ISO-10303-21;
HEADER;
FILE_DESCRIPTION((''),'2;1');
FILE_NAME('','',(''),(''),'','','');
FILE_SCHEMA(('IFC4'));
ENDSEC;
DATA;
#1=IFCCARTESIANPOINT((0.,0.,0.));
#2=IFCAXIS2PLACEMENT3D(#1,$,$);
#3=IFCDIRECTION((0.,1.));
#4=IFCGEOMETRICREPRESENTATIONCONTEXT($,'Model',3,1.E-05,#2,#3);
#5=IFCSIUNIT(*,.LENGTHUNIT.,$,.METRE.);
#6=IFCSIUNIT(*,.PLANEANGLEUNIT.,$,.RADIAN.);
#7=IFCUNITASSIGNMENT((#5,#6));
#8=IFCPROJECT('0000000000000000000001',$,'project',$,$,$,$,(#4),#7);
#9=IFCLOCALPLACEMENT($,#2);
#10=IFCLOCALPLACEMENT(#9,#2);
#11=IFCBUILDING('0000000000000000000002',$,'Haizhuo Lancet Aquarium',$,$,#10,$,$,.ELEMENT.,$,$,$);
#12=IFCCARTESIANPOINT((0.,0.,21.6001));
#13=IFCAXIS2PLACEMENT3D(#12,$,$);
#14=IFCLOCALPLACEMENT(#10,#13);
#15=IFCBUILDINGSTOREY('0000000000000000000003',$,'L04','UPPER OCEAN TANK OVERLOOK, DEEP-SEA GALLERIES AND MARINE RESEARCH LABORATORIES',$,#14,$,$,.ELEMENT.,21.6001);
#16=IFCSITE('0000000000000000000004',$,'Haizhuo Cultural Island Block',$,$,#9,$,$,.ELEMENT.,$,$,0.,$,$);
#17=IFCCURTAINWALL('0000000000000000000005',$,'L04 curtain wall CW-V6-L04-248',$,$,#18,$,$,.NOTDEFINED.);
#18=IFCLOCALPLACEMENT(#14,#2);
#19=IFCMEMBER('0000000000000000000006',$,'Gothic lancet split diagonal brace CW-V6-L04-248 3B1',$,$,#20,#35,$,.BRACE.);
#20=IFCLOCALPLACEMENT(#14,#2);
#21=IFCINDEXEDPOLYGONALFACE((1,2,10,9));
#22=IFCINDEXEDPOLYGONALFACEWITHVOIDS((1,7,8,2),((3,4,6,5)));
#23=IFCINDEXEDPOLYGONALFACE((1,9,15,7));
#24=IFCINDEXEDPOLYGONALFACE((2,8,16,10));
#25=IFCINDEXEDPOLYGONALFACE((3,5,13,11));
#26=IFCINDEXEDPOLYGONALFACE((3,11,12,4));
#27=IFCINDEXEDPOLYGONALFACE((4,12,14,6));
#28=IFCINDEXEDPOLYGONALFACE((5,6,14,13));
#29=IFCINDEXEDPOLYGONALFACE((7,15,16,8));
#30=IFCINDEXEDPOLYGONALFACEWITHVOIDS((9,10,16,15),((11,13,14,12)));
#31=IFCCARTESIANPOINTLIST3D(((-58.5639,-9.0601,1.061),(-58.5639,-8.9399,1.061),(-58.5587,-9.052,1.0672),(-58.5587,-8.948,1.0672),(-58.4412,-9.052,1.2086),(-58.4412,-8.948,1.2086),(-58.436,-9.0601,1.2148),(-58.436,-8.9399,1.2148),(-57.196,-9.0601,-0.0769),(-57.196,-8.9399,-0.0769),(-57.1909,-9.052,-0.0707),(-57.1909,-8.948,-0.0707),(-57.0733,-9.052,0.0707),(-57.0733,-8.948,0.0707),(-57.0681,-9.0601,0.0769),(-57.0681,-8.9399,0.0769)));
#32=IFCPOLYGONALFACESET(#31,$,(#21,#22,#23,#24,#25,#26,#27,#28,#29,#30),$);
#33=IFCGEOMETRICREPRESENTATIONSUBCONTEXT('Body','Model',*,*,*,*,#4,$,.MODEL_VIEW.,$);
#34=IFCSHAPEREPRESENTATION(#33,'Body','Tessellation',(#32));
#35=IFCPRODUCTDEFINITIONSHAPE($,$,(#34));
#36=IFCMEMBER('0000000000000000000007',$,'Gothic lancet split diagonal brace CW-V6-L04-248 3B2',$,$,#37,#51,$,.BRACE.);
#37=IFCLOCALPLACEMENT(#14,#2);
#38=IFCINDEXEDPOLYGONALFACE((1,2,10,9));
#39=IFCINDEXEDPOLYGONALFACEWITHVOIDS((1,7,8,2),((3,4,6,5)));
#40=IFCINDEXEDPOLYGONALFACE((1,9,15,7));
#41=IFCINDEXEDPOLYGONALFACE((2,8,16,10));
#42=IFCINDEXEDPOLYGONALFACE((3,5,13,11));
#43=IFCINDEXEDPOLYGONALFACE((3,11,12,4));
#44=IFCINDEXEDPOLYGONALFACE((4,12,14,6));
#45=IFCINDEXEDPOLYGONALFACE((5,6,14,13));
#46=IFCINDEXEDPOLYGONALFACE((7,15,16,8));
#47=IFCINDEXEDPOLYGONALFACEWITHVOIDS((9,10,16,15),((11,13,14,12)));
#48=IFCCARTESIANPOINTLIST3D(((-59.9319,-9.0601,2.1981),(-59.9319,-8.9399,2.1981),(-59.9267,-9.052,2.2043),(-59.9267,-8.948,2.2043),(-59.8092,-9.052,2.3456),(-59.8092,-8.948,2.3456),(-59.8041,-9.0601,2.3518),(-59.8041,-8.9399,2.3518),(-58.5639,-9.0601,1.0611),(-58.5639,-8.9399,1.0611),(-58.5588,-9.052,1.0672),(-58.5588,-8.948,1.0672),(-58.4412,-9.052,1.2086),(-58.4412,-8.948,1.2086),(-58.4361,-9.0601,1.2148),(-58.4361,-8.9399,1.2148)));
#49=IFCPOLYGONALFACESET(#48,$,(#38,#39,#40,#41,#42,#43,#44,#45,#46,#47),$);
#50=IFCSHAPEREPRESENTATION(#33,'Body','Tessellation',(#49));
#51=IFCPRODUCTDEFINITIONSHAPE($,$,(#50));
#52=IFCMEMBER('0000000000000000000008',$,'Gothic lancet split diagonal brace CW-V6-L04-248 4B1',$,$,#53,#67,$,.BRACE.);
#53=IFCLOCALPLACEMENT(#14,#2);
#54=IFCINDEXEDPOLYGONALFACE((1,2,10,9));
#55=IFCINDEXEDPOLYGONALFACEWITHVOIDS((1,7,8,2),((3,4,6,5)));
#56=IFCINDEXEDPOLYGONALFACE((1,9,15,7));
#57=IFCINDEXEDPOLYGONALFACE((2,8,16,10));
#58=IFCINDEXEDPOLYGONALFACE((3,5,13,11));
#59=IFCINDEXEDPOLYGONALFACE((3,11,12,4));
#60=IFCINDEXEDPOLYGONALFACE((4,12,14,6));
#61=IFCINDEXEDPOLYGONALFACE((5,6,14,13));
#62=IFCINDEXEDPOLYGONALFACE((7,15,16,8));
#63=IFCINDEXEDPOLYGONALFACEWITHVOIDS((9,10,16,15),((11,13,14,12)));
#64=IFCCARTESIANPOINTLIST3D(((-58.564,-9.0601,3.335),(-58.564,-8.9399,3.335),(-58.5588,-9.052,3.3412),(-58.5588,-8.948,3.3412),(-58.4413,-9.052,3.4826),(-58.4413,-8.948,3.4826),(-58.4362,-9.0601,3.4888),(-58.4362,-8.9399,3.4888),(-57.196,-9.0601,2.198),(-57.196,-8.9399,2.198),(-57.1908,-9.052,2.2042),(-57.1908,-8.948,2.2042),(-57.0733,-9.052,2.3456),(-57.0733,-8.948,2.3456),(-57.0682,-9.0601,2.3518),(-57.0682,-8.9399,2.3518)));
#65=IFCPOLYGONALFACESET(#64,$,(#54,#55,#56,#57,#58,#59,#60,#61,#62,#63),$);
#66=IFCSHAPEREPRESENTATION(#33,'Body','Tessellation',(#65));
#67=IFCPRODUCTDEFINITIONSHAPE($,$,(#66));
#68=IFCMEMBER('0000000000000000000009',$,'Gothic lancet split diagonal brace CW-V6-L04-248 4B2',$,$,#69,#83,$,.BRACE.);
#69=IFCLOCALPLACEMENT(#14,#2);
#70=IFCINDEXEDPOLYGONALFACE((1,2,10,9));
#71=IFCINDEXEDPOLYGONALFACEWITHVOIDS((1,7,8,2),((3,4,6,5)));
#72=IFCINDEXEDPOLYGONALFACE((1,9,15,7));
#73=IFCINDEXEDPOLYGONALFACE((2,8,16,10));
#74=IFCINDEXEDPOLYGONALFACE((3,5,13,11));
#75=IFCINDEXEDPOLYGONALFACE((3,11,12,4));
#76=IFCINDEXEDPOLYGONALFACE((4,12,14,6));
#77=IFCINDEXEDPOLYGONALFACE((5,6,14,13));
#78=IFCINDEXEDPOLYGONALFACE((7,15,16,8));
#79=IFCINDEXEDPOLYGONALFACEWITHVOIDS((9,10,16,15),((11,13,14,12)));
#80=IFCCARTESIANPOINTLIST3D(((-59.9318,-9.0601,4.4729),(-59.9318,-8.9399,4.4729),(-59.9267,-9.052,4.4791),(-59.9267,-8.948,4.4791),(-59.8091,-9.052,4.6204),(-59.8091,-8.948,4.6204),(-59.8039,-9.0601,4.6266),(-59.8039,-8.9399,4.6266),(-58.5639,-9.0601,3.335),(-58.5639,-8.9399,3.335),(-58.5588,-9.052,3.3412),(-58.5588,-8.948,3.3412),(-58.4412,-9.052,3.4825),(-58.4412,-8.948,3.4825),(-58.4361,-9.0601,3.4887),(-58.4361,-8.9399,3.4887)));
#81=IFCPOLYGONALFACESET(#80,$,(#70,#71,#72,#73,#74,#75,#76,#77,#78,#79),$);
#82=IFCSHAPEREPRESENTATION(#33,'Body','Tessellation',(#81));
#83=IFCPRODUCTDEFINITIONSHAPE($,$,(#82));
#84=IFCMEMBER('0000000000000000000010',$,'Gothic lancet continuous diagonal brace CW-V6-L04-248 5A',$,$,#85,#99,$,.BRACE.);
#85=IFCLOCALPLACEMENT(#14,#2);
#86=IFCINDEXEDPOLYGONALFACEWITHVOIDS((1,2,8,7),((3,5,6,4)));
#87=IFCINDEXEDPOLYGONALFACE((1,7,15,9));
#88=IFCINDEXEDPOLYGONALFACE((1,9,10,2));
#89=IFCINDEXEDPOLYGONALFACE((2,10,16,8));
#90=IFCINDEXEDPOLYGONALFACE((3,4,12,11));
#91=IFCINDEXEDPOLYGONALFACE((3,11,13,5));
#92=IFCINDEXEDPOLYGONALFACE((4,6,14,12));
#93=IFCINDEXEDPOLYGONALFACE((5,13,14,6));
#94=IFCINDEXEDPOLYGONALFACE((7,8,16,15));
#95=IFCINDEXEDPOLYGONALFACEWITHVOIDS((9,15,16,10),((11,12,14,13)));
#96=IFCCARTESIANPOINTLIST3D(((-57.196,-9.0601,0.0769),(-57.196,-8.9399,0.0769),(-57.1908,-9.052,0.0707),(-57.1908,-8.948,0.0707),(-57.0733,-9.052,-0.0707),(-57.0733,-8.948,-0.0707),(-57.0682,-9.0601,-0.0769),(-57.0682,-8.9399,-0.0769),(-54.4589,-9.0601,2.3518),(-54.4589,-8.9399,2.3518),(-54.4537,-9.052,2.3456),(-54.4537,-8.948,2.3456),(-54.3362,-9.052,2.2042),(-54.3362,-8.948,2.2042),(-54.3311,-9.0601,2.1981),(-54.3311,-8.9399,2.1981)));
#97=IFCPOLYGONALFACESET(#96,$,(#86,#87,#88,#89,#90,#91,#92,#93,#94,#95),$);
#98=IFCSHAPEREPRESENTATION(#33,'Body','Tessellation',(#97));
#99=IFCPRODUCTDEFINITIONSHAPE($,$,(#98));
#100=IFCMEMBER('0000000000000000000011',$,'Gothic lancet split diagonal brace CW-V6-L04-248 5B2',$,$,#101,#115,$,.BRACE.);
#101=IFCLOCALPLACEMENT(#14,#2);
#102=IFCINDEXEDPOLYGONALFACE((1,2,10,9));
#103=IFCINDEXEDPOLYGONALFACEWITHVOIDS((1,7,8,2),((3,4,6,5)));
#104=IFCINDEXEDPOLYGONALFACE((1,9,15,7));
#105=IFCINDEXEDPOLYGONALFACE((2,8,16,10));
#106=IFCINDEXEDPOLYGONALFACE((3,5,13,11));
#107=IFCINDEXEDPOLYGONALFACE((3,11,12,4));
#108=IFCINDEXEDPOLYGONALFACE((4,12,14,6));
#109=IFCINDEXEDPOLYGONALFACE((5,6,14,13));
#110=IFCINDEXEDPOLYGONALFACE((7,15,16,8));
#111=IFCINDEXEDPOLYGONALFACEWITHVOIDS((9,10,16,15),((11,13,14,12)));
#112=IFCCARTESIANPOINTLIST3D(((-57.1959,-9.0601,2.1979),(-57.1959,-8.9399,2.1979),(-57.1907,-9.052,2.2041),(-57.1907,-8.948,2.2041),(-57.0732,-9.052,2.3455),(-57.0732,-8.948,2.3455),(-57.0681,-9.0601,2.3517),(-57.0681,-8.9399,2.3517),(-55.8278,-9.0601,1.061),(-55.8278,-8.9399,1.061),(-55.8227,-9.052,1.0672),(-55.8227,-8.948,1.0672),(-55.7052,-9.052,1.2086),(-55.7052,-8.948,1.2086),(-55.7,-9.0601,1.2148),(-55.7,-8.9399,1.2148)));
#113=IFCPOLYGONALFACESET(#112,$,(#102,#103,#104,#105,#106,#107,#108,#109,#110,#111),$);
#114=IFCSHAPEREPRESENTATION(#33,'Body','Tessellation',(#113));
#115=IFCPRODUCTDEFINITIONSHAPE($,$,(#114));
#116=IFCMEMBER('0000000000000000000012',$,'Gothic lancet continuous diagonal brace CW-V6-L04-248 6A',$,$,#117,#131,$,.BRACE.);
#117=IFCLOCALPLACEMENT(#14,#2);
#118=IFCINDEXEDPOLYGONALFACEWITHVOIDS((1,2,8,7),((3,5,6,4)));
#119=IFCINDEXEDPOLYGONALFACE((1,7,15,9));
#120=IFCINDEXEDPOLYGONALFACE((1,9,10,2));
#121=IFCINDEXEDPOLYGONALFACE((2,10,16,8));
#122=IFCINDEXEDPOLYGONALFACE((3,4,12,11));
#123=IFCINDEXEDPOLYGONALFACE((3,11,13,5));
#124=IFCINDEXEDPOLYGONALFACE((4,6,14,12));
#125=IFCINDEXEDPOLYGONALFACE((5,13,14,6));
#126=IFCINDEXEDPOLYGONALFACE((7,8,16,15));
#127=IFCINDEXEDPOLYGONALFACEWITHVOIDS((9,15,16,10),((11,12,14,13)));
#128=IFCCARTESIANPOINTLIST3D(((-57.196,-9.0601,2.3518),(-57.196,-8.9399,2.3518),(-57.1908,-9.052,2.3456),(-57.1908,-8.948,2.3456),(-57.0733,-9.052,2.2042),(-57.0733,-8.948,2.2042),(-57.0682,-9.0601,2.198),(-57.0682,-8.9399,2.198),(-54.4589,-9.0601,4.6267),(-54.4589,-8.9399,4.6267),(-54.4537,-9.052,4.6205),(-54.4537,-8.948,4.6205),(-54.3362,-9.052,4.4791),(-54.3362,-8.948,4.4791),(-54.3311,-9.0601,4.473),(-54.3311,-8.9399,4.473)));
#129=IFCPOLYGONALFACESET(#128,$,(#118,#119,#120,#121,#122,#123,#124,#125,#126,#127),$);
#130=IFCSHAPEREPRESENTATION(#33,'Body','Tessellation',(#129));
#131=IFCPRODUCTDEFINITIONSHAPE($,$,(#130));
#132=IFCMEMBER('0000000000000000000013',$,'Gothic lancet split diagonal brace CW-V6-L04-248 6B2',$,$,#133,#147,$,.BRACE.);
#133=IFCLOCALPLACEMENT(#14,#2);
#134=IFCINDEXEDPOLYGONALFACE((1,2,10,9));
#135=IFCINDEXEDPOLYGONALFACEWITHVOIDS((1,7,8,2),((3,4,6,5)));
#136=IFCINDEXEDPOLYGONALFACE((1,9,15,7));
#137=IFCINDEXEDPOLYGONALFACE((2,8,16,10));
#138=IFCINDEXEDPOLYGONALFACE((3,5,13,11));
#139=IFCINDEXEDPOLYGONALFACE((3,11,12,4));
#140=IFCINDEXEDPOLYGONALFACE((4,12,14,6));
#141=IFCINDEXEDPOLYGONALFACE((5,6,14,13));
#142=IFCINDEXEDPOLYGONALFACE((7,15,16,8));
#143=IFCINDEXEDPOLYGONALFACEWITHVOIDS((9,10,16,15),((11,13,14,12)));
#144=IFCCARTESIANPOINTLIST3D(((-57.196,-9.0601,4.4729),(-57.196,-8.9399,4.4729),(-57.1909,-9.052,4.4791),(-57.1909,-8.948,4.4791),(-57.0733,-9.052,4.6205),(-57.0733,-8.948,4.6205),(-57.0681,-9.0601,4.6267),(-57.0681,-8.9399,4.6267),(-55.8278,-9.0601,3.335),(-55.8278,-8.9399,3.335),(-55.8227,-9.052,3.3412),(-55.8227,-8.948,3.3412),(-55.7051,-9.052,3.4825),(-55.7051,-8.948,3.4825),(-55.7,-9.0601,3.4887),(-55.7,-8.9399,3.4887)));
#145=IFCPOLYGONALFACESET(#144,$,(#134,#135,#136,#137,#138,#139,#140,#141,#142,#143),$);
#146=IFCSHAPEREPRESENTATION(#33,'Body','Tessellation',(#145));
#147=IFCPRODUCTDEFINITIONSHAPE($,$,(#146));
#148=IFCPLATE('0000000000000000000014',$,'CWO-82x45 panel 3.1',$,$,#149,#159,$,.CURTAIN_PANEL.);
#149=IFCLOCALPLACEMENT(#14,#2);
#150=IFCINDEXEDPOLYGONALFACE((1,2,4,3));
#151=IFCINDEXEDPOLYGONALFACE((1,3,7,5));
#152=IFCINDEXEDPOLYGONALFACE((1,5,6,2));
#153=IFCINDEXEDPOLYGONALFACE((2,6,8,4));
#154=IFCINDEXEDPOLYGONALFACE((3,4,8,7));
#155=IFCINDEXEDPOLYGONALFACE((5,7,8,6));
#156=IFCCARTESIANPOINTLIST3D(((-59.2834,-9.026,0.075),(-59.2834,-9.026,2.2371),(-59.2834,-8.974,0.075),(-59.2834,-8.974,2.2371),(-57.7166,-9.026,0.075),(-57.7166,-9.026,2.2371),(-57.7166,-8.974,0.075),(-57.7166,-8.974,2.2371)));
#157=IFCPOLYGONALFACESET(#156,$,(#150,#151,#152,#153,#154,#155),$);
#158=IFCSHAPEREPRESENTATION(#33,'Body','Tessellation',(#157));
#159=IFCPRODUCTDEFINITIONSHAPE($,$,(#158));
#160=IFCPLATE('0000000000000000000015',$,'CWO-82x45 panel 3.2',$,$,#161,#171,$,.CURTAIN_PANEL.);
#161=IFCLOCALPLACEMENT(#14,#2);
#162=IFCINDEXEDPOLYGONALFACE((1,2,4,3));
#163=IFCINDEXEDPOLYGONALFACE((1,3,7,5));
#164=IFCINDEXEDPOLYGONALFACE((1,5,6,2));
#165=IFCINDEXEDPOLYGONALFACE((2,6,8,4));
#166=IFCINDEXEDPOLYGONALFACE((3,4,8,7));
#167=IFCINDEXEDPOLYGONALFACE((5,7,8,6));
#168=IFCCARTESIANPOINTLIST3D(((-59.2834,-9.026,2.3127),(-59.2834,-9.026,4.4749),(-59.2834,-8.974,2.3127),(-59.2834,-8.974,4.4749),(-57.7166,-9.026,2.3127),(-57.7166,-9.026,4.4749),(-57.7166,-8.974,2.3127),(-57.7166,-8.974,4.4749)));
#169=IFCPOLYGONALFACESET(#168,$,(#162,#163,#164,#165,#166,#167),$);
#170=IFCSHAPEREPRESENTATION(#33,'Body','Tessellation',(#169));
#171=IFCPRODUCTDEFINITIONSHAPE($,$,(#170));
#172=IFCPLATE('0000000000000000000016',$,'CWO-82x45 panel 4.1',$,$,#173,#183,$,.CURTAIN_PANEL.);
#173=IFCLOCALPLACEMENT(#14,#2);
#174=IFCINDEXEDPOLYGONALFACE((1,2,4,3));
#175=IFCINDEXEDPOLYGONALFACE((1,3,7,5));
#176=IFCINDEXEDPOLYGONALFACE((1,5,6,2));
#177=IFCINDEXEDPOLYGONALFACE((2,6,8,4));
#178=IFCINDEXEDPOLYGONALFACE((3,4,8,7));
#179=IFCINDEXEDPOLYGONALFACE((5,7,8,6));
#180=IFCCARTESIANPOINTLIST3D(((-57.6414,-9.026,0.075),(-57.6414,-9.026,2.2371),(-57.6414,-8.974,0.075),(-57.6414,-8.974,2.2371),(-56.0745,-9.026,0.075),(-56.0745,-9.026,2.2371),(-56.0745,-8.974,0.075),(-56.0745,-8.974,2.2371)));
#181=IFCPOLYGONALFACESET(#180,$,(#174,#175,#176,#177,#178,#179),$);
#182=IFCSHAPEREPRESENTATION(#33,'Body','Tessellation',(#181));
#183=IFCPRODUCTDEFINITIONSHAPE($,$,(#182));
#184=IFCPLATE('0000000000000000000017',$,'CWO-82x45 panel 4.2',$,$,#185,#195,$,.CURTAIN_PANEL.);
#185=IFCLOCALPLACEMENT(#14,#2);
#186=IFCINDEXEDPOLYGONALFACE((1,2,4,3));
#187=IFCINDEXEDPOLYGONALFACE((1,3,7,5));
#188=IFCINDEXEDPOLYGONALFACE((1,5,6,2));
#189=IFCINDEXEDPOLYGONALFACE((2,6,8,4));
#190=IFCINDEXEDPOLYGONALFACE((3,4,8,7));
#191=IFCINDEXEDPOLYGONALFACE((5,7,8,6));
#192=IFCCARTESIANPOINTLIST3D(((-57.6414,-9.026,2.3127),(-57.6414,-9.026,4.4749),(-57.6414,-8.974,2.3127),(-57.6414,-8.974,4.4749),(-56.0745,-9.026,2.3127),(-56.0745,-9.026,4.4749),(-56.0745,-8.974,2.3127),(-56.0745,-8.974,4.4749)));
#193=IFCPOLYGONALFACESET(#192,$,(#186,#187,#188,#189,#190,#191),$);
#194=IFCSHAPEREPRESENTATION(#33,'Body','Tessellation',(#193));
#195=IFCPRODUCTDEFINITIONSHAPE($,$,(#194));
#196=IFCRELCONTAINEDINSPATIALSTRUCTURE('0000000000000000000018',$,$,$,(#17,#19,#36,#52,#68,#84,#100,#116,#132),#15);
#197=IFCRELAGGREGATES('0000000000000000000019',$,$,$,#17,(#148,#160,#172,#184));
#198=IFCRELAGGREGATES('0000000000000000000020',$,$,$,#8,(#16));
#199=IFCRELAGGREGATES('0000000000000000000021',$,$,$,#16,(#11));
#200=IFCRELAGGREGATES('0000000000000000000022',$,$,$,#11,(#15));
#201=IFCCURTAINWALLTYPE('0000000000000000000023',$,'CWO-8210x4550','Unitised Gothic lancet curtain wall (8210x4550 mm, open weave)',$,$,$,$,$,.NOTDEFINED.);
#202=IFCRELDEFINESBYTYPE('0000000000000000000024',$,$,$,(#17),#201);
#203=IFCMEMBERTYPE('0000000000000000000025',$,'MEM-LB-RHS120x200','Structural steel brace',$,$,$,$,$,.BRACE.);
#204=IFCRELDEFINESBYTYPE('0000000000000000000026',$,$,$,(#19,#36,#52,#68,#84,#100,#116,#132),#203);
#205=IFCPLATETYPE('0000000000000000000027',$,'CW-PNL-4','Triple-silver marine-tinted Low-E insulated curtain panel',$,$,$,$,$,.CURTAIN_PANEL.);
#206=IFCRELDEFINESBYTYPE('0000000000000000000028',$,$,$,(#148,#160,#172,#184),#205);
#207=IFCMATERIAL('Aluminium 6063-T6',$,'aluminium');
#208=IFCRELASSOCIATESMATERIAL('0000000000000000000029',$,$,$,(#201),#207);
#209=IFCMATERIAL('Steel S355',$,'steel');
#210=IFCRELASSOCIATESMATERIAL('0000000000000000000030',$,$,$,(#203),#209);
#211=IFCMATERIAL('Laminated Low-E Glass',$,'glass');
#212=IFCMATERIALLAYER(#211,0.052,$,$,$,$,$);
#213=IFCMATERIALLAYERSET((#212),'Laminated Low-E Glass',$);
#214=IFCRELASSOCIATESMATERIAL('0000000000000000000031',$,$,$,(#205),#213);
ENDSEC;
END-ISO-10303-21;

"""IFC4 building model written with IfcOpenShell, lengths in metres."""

from ifc_helpers import new_model, si_unit, direction, frame, origin, origin_2d, place, context, subcontext, project, spatial, rectangle, hollow_rectangle, extrude, material, layer, layer_set, material_profile, profile_set, type_object, element, aggregate, save


model = new_model("IFC4")

# Units and contexts
model_context = context("Model", 3, precision=1e-05, world=origin(), true_north=direction((0.0, 1.0)))
body_context = subcontext(model_context, "Body", "Model", "MODEL_VIEW")
ifc_project = project(units=[si_unit("LENGTHUNIT", "METRE"), si_unit("PLANEANGLEUNIT", "RADIAN")], contexts=[model_context])

# Site, building, storey
site_placement = place(None, origin())
site = spatial("IfcSite", under=ifc_project, at=site_placement, Name="Haizhuo Cultural Island Block", CompositionType="ELEMENT", RefElevation=0.0)
building_placement = place(site_placement, origin())
building = spatial("IfcBuilding", under=site, at=building_placement, Name="Haizhuo Lancet Aquarium", CompositionType="ELEMENT")
storey_placement = place(building_placement, frame((0.0, 0.0, 21.6001)))
storey = spatial("IfcBuildingStorey", under=building, at=storey_placement, Name="L04", Description="UPPER OCEAN TANK OVERLOOK, DEEP-SEA GALLERIES AND MARINE RESEARCH LABORATORIES", CompositionType="ELEMENT", Elevation=21.6001)

# Curtain wall
ifc_material_1 = material(Name="Aluminium 6063-T6", Category="aluminium")
curtain_wall_type = type_object("IfcCurtainWallType", Name="CWO-8210x4550", Description="Unitised Gothic lancet curtain wall (8210x4550 mm, open weave)", PredefinedType="NOTDEFINED", material=ifc_material_1)
curtain_wall_placement = place(storey_placement, origin())
curtain_wall = element("IfcCurtainWall", 1, at=curtain_wall_placement, inside=storey, type_object=curtain_wall_type, Name="L04 curtain wall CW-V6-L04-248", PredefinedType="NOTDEFINED")

# Members
ifc_material_2 = material(Name="Steel S355", Category="steel")
ifc_material_profile_1 = material_profile(ifc_material_2, hollow_rectangle(XDim=0.1201, YDim=0.2, WallThickness=0.0081, at=origin_2d()), Name="RHS 120x200x8")
ifc_profile_set_1 = profile_set([ifc_material_profile_1], Name="Steel S355")
member_type_1 = type_object("IfcMemberType", Name="MEM-LB-RHS120x200", Description="Structural steel brace", PredefinedType="BRACE", material=ifc_profile_set_1)
member_1_placement = place(storey_placement, frame((-57.1321, -9.0, 0.0), z_axis=(-0.768772, 0.0, 0.639523), x_axis=(0.0, -1.0, 0.0)))
element("IfcMember", 2, at=member_1_placement, inside=storey, type_object=member_type_1, Name="Gothic lancet split diagonal brace CW-V6-L04-248 3B1", PredefinedType="BRACE", context=body_context, shape_type="SweptSolid", body=[
    extrude(hollow_rectangle(XDim=0.1201, YDim=0.2, WallThickness=0.0081, at=origin_2d()), origin(), (0.0, 0.0, 1.0), 1.7793),
])
for number, where, z_axis, x_axis, name in (
    (3, (-58.5, -9.0, 1.1379), (-0.769042, 0.0, 0.639198), (0.0, -1.0, 0.0), "Gothic lancet split diagonal brace CW-V6-L04-248 3B2"),
    (4, (-57.1321, -9.0, 2.2749), (-0.769042, 0.0, 0.639198), (0.0, -1.0, 0.0), "Gothic lancet split diagonal brace CW-V6-L04-248 4B1"),
):
    element("IfcMember", number, at=place(storey_placement, frame(where, z_axis=z_axis, x_axis=x_axis)), inside=storey, type_object=member_type_1, Name=name, PredefinedType="BRACE", context=body_context, shape_type="SweptSolid", body=[
        extrude(hollow_rectangle(XDim=0.1201, YDim=0.2, WallThickness=0.0081, at=origin_2d()), origin(), (0.0, 0.0, 1.0), 1.7788),
    ])
member_2_placement = place(storey_placement, frame((-58.5, -9.0, 3.4119), z_axis=(-0.768772, 0.0, 0.639523), x_axis=(0.0, -1.0, 0.0)))
element("IfcMember", 5, at=member_2_placement, inside=storey, type_object=member_type_1, Name="Gothic lancet split diagonal brace CW-V6-L04-248 4B2", PredefinedType="BRACE", context=body_context, shape_type="SweptSolid", body=[
    extrude(hollow_rectangle(XDim=0.1201, YDim=0.2, WallThickness=0.0081, at=origin_2d()), origin(), (0.0, 0.0, 1.0), 1.7793),
])
member_3_placement = place(storey_placement, frame((-57.1321, -9.0, 0.0), z_axis=(0.769047, 0.0, 0.639192), x_axis=(0.0, 1.0, 0.0)))
element("IfcMember", 6, at=member_3_placement, inside=storey, type_object=member_type_1, Name="Gothic lancet continuous diagonal brace CW-V6-L04-248 5A", PredefinedType="BRACE", context=body_context, shape_type="SweptSolid", body=[
    extrude(hollow_rectangle(XDim=0.1201, YDim=0.2, WallThickness=0.0081, at=origin_2d()), origin(), (0.0, 0.0, 1.0), 3.5591),
])
member_4_placement = place(storey_placement, frame((-55.7639, -9.0, 1.1379), z_axis=(-0.769098, 0.0, 0.639131), x_axis=(0.0, -1.0, 0.0)))
element("IfcMember", 7, at=member_4_placement, inside=storey, type_object=member_type_1, Name="Gothic lancet split diagonal brace CW-V6-L04-248 5B2", PredefinedType="BRACE", context=body_context, shape_type="SweptSolid", body=[
    extrude(hollow_rectangle(XDim=0.1201, YDim=0.2, WallThickness=0.0081, at=origin_2d()), origin(), (0.0, 0.0, 1.0), 1.7788),
])
member_5_placement = place(storey_placement, frame((-57.1321, -9.0, 2.2749), z_axis=(0.769047, 0.0, 0.639192), x_axis=(0.0, 1.0, 0.0)))
element("IfcMember", 8, at=member_5_placement, inside=storey, type_object=member_type_1, Name="Gothic lancet continuous diagonal brace CW-V6-L04-248 6A", PredefinedType="BRACE", context=body_context, shape_type="SweptSolid", body=[
    extrude(hollow_rectangle(XDim=0.1201, YDim=0.2, WallThickness=0.0081, at=origin_2d()), origin(), (0.0, 0.0, 1.0), 3.5591),
])
member_6_placement = place(storey_placement, frame((-55.7639, -9.0, 3.4119), z_axis=(-0.768828, 0.0, 0.639455), x_axis=(0.0, -1.0, 0.0)))
element("IfcMember", 9, at=member_6_placement, inside=storey, type_object=member_type_1, Name="Gothic lancet split diagonal brace CW-V6-L04-248 6B2", PredefinedType="BRACE", context=body_context, shape_type="SweptSolid", body=[
    extrude(hollow_rectangle(XDim=0.1201, YDim=0.2, WallThickness=0.0081, at=origin_2d()), origin(), (0.0, 0.0, 1.0), 1.7795),
])

# Plates
ifc_material_3 = material(Name="Laminated Low-E Glass", Category="glass")
ifc_layer = layer(ifc_material_3, 0.052)
ifc_layer_set = layer_set([ifc_layer], Name="Laminated Low-E Glass")
plate_type = type_object("IfcPlateType", Name="CW-PNL-4", Description="Triple-silver marine-tinted Low-E insulated curtain panel", PredefinedType="CURTAIN_PANEL", material=ifc_layer_set)
plate_1_placement = place(storey_placement, frame((-58.5, -9.0, 0.075), z_axis=(0.0, 0.0, 1.0), x_axis=(1.0, 0.0, 0.0)))
plate_1 = element("IfcPlate", 10, at=plate_1_placement, type_object=plate_type, Name="CWO-82x45 panel 3.1", PredefinedType="CURTAIN_PANEL", context=body_context, shape_type="SweptSolid", body=[
    extrude(rectangle(XDim=1.5669, YDim=0.052, at=origin_2d()), origin(), (0.0, 0.0, 1.0), 2.1621),
])
plate_2_placement = place(storey_placement, frame((-58.5, -9.0, 2.3127), z_axis=(0.0, 0.0, 1.0), x_axis=(1.0, 0.0, 0.0)))
plate_2 = element("IfcPlate", 11, at=plate_2_placement, type_object=plate_type, Name="CWO-82x45 panel 3.2", PredefinedType="CURTAIN_PANEL", context=body_context, shape_type="SweptSolid", body=[
    extrude(rectangle(XDim=1.5669, YDim=0.052, at=origin_2d()), origin(), (0.0, 0.0, 1.0), 2.1621),
])
plate_3_placement = place(storey_placement, frame((-56.8579, -9.0, 0.075), z_axis=(0.0, 0.0, 1.0), x_axis=(1.0, 0.0, 0.0)))
plate_3 = element("IfcPlate", 12, at=plate_3_placement, type_object=plate_type, Name="CWO-82x45 panel 4.1", PredefinedType="CURTAIN_PANEL", context=body_context, shape_type="SweptSolid", body=[
    extrude(rectangle(XDim=1.5669, YDim=0.052, at=origin_2d()), origin(), (0.0, 0.0, 1.0), 2.1621),
])
plate_4_placement = place(storey_placement, frame((-56.8579, -9.0, 2.3127), z_axis=(0.0, 0.0, 1.0), x_axis=(1.0, 0.0, 0.0)))
plate_4 = element("IfcPlate", 13, at=plate_4_placement, type_object=plate_type, Name="CWO-82x45 panel 4.2", PredefinedType="CURTAIN_PANEL", context=body_context, shape_type="SweptSolid", body=[
    extrude(rectangle(XDim=1.5669, YDim=0.052, at=origin_2d()), origin(), (0.0, 0.0, 1.0), 2.1621),
])
aggregate(curtain_wall, [plate_1, plate_2, plate_3, plate_4])

save(model, "model.ifc")
